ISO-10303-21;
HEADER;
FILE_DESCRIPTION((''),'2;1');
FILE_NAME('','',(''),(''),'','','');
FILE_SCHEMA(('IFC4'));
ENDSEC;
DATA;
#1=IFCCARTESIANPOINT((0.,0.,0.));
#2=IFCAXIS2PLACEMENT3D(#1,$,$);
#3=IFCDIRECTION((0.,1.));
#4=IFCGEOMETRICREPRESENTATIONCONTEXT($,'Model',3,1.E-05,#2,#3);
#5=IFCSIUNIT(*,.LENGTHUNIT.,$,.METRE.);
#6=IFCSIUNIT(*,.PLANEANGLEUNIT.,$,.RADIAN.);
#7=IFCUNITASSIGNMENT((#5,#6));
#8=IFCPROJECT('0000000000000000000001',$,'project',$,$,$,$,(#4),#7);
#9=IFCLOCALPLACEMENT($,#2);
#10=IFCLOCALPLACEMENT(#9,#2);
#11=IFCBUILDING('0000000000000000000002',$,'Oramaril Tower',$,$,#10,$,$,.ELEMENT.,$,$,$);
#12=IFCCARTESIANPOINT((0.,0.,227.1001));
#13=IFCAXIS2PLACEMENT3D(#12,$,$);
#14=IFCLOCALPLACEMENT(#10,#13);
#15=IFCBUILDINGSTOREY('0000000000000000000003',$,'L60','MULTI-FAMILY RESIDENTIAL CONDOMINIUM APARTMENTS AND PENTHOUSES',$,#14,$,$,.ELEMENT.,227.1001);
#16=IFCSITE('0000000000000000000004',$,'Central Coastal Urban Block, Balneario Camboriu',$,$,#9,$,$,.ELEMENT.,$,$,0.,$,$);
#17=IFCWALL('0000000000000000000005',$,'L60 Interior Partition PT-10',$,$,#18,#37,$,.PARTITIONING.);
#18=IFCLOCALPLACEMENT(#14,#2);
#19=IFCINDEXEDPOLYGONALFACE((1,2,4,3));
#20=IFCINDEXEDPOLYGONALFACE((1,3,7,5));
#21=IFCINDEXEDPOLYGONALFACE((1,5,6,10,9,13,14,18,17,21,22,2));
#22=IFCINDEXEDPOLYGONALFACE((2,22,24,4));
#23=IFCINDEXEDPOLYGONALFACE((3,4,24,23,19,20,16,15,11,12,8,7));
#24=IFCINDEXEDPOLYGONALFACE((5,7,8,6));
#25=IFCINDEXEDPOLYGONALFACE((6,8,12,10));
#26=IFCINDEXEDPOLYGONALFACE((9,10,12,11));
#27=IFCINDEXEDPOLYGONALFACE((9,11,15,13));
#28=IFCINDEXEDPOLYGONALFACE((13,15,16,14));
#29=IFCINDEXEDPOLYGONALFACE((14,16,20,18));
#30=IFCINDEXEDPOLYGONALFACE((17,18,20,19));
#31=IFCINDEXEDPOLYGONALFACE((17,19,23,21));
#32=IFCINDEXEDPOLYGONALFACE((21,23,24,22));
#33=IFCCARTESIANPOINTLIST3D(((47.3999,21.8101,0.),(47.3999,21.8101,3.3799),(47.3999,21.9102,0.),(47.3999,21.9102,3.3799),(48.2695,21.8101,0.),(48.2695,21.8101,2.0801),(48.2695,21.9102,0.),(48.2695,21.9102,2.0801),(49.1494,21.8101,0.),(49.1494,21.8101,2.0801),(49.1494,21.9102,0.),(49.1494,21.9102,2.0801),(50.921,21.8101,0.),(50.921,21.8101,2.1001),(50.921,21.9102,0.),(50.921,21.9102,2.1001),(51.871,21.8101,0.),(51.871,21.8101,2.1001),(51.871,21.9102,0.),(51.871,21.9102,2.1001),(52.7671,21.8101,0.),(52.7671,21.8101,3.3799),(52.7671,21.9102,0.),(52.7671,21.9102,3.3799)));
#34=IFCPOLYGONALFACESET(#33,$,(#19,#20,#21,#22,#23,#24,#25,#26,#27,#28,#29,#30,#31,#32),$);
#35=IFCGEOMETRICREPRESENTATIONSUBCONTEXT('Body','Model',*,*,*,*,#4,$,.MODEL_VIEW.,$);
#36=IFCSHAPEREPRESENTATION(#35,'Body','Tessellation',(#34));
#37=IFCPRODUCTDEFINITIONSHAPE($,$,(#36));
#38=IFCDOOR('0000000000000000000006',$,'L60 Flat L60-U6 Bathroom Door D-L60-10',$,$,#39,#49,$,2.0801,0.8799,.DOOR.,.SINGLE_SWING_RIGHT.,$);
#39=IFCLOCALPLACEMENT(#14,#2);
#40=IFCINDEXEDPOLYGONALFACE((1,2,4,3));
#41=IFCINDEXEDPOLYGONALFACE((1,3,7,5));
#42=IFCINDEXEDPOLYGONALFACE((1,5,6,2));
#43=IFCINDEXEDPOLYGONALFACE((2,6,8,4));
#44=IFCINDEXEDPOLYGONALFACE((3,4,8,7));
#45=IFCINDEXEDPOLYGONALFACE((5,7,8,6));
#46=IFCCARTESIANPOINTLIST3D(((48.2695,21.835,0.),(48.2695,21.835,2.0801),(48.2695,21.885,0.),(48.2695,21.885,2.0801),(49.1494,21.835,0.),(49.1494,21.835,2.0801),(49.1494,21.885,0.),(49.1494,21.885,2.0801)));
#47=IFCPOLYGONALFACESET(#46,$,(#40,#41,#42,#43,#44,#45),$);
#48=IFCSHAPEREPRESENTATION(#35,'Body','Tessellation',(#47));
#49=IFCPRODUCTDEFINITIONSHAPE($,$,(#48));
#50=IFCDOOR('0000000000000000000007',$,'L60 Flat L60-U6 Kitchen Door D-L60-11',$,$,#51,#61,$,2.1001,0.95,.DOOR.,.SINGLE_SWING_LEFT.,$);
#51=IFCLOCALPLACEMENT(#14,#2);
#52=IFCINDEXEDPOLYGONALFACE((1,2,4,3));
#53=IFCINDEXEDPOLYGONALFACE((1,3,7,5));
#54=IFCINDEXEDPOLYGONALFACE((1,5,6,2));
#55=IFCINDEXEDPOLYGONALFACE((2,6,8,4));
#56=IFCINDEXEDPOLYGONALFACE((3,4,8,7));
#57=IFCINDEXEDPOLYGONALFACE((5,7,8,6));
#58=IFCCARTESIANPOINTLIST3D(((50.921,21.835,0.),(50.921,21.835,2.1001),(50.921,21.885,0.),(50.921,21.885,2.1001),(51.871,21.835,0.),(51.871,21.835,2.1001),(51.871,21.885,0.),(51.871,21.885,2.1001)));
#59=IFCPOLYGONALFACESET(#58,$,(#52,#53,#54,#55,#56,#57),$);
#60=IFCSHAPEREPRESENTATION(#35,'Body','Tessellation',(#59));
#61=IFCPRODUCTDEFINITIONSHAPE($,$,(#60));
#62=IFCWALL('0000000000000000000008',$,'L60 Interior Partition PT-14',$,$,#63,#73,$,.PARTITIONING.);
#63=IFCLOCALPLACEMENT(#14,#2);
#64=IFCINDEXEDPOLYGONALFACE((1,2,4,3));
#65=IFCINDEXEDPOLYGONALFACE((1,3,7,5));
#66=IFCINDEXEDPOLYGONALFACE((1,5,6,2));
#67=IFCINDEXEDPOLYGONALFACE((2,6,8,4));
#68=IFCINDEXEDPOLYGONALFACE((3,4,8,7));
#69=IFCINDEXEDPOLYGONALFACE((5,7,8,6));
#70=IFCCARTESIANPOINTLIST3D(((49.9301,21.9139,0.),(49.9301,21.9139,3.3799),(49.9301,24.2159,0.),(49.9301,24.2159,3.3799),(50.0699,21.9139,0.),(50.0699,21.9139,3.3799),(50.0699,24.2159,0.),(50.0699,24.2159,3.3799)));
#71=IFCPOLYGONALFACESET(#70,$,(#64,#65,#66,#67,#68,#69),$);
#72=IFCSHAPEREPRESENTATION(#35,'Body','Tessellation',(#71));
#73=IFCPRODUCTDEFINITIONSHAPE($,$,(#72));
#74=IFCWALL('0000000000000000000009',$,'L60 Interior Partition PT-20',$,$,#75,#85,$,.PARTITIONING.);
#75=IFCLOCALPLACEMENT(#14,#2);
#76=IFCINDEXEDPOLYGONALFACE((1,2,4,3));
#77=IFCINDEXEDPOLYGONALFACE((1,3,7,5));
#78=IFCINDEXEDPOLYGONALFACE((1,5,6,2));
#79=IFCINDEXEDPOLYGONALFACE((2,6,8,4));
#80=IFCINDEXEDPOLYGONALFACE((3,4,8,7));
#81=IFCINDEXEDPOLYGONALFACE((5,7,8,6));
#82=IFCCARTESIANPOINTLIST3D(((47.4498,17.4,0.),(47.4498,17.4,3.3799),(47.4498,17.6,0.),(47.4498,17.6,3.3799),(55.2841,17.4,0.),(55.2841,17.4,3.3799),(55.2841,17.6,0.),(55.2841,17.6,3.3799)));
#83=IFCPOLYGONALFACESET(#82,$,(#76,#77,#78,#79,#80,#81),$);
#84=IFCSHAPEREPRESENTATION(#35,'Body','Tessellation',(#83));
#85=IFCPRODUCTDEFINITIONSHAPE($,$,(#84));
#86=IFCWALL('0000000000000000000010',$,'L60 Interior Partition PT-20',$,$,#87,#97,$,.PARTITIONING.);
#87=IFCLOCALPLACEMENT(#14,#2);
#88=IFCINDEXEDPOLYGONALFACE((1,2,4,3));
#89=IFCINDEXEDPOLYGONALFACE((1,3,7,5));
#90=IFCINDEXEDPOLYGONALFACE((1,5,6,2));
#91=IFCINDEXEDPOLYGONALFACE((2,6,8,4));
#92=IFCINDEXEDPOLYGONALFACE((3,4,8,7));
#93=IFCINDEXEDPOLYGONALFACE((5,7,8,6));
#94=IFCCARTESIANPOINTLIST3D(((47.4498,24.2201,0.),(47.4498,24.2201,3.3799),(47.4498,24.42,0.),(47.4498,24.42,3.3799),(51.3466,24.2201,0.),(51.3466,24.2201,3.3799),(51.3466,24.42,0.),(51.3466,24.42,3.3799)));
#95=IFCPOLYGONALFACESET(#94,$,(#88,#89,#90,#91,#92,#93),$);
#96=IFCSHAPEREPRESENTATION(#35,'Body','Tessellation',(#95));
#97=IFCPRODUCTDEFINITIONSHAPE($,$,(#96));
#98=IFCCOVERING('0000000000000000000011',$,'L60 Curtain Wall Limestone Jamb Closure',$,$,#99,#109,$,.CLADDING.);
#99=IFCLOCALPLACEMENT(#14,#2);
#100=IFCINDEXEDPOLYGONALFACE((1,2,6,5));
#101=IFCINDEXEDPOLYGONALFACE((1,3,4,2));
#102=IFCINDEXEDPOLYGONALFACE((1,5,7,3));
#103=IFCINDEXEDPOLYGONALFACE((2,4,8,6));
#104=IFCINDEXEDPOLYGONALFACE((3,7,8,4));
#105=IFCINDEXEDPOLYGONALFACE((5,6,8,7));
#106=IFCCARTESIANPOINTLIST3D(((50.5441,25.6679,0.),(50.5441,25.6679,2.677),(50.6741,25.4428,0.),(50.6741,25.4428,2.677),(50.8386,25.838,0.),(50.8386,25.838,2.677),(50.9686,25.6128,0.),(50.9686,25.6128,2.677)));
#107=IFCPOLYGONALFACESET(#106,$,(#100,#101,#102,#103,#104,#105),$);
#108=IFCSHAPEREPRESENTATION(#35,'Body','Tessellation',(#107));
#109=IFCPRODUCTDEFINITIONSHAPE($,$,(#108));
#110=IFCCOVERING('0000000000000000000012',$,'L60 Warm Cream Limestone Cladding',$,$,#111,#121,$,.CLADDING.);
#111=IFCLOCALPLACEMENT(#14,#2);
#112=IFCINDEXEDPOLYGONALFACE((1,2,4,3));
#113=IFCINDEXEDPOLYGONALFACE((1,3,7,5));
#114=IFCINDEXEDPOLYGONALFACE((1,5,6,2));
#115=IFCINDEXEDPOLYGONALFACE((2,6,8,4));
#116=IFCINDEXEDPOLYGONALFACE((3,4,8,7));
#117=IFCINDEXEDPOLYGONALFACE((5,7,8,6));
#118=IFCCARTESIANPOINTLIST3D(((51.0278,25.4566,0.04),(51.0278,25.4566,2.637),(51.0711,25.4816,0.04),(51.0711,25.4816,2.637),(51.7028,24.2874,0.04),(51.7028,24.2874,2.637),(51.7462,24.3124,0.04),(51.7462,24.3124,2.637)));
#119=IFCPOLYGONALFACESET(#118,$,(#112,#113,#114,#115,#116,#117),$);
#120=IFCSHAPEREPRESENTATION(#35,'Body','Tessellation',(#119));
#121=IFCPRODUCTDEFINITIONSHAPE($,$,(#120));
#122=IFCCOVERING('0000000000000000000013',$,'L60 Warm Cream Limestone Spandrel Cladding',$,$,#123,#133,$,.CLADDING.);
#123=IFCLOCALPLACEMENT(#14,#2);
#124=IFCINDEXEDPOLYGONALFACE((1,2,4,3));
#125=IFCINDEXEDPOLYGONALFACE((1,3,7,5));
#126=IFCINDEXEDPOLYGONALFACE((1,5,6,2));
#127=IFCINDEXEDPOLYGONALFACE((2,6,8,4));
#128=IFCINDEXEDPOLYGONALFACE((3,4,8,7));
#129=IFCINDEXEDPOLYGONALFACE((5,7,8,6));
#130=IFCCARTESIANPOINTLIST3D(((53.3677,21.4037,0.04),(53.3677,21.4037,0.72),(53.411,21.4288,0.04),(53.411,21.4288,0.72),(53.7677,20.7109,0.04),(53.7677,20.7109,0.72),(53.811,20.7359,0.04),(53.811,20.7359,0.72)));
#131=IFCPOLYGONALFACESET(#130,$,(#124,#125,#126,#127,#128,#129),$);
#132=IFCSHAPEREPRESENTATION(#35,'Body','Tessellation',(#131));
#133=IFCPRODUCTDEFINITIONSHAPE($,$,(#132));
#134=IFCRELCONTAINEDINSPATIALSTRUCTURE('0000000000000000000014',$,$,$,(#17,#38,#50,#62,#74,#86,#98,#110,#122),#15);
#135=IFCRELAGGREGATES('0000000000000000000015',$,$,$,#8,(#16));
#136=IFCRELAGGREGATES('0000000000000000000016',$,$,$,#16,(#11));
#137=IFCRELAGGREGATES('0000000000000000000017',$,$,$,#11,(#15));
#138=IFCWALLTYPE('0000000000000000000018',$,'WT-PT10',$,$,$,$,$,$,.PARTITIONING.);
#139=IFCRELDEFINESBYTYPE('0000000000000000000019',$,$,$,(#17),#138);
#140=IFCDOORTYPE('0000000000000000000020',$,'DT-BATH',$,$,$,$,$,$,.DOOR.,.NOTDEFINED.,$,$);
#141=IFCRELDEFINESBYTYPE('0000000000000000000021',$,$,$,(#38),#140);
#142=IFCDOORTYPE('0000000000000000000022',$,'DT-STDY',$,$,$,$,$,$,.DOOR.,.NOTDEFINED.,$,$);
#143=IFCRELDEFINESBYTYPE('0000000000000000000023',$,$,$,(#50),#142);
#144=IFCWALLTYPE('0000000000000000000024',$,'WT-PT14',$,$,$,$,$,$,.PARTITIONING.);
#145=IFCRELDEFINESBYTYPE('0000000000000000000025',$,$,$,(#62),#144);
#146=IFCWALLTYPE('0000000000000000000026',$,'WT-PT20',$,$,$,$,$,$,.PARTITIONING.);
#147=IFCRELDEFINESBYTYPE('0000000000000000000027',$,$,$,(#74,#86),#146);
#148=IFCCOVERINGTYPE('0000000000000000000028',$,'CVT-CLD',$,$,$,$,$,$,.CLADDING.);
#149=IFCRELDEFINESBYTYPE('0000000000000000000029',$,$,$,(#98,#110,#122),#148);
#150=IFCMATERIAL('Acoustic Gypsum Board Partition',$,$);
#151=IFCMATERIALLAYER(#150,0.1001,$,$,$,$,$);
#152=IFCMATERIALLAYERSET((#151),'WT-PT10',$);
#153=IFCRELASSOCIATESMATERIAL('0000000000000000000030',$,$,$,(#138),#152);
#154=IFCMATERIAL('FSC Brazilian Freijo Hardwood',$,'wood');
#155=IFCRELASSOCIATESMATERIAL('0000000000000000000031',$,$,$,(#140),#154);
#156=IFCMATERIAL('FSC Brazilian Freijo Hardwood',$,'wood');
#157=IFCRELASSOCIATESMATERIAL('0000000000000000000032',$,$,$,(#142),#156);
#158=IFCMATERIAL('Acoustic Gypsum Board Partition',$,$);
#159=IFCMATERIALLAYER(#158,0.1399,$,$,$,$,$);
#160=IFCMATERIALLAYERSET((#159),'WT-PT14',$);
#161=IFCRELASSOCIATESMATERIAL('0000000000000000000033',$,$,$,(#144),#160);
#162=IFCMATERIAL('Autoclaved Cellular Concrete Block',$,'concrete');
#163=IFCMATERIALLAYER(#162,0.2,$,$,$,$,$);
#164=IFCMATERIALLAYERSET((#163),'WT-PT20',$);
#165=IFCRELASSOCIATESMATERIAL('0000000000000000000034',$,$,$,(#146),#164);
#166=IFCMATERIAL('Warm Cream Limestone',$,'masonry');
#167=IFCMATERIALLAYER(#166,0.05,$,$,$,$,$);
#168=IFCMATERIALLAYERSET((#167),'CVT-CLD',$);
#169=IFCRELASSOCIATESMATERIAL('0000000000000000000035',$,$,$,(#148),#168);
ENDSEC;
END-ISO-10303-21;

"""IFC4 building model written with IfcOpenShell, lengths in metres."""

from ifc_helpers import new_model, si_unit, direction, frame, frame_2d, origin, origin_2d, place, context, subcontext, project, spatial, rectangle, extrude, material, layer, layer_set, type_object, element, fill, save


model = new_model("IFC4")

# Units and contexts
model_context = context("Model", 3, precision=1e-05, world=origin(), true_north=direction((0.0, 1.0)))
body_context = subcontext(model_context, "Body", "Model", "MODEL_VIEW")
ifc_project = project(units=[si_unit("LENGTHUNIT", "METRE"), si_unit("PLANEANGLEUNIT", "RADIAN")], contexts=[model_context])

# Site, building, storey
site_placement = place(None, origin())
site = spatial("IfcSite", under=ifc_project, at=site_placement, Name="Central Coastal Urban Block, Balneario Camboriu", CompositionType="ELEMENT", RefElevation=0.0)
building_placement = place(site_placement, origin())
building = spatial("IfcBuilding", under=site, at=building_placement, Name="Oramaril Tower", CompositionType="ELEMENT")
storey_placement = place(building_placement, frame((0.0, 0.0, 227.1001)))
storey = spatial("IfcBuildingStorey", under=building, at=storey_placement, Name="L60", Description="MULTI-FAMILY RESIDENTIAL CONDOMINIUM APARTMENTS AND PENTHOUSES", CompositionType="ELEMENT", Elevation=227.1001)

# Wall, openings, doors
ifc_material_1 = material(Name="Acoustic Gypsum Board Partition")
ifc_layer_1 = layer(ifc_material_1, 0.1001)
ifc_layer_set_1 = layer_set([ifc_layer_1], Name="WT-PT10")
wall_type_1 = type_object("IfcWallType", Name="WT-PT10", PredefinedType="PARTITIONING", material=ifc_layer_set_1)
wall_1_placement = place(storey_placement, frame((47.3999, 21.8601, 0.0), z_axis=(0.0, 0.0, 1.0), x_axis=(1.0, 0.0, 0.0)))
wall_1 = element("IfcWall", 1, at=wall_1_placement, inside=storey, type_object=wall_type_1, Name="L60 Interior Partition PT-10", PredefinedType="PARTITIONING", context=body_context, shape_type="SweptSolid", body=[
    extrude(rectangle(XDim=5.3672, YDim=0.1001, at=frame_2d((2.6836, 0.0))), origin(), (0.0, 0.0, 1.0), 3.3799),
])
opening_1_placement = place(wall_1_placement, frame((0.8696, 0.0, 0.0)))
opening_1 = element("IfcOpeningElement", 2, at=opening_1_placement, cuts=wall_1, PredefinedType="OPENING", context=body_context, shape_type="SweptSolid", body=[
    extrude(rectangle(XDim=0.8799, YDim=2.0801, at=frame_2d((0.4399, 1.04))), frame((0.0, 0.05, 0.0), z_axis=(0.0, -1.0, 0.0), x_axis=(1.0, 0.0, 0.0)), (0.0, 0.0, 1.0), 0.1001),
])
opening_2_placement = place(wall_1_placement, frame((3.521, 0.0, 0.0)))
opening_2 = element("IfcOpeningElement", 3, at=opening_2_placement, cuts=wall_1, PredefinedType="OPENING", context=body_context, shape_type="SweptSolid", body=[
    extrude(rectangle(XDim=0.95, YDim=2.1001, at=frame_2d((0.4751, 1.05))), frame((0.0, 0.05, 0.0), z_axis=(0.0, -1.0, 0.0), x_axis=(1.0, 0.0, 0.0)), (0.0, 0.0, 1.0), 0.1001),
])
ifc_material_2 = material(Name="FSC Brazilian Freijo Hardwood", Category="wood")
door_type_1 = type_object("IfcDoorType", Name="DT-BATH", OperationType="NOTDEFINED", PredefinedType="DOOR", material=ifc_material_2)
door_1_placement = place(opening_1_placement, origin())
door_1 = element("IfcDoor", 4, at=door_1_placement, inside=storey, type_object=door_type_1, Name="L60 Flat L60-U6 Bathroom Door D-L60-10", OperationType="SINGLE_SWING_RIGHT", OverallHeight=2.0801, OverallWidth=0.8799, PredefinedType="DOOR", context=body_context, shape_type="SweptSolid", body=[
    extrude(rectangle(XDim=0.8799, YDim=2.0801, at=frame_2d((0.4399, 1.04))), frame((0.0, 0.0249, 0.0), z_axis=(0.0, -1.0, 0.0), x_axis=(1.0, 0.0, 0.0)), (0.0, 0.0, 1.0), 0.05),
])
fill(opening_1, door_1)
ifc_material_3 = material(Name="FSC Brazilian Freijo Hardwood", Category="wood")
door_type_2 = type_object("IfcDoorType", Name="DT-STDY", OperationType="NOTDEFINED", PredefinedType="DOOR", material=ifc_material_3)
door_2_placement = place(opening_2_placement, origin())
door_2 = element("IfcDoor", 5, at=door_2_placement, inside=storey, type_object=door_type_2, Name="L60 Flat L60-U6 Kitchen Door D-L60-11", OperationType="SINGLE_SWING_LEFT", OverallHeight=2.1001, OverallWidth=0.95, PredefinedType="DOOR", context=body_context, shape_type="SweptSolid", body=[
    extrude(rectangle(XDim=0.95, YDim=2.1001, at=frame_2d((0.4751, 1.05))), frame((0.0, 0.0249, 0.0), z_axis=(0.0, -1.0, 0.0), x_axis=(1.0, 0.0, 0.0)), (0.0, 0.0, 1.0), 0.05),
])
fill(opening_2, door_2)

# Walls
ifc_material_4 = material(Name="Acoustic Gypsum Board Partition")
ifc_layer_2 = layer(ifc_material_4, 0.1399)
ifc_layer_set_2 = layer_set([ifc_layer_2], Name="WT-PT14")
wall_type_2 = type_object("IfcWallType", Name="WT-PT14", PredefinedType="PARTITIONING", material=ifc_layer_set_2)
wall_2_placement = place(storey_placement, frame((50.0, 21.9141, 0.0), z_axis=(0.0, 0.0, 1.0), x_axis=(0.0, 1.0, 0.0)))
element("IfcWall", 6, at=wall_2_placement, inside=storey, type_object=wall_type_2, Name="L60 Interior Partition PT-14", PredefinedType="PARTITIONING", context=body_context, shape_type="SweptSolid", body=[
    extrude(rectangle(XDim=2.302, YDim=0.1399, at=frame_2d((1.1509, 0.0))), origin(), (0.0, 0.0, 1.0), 3.3799),
])
ifc_material_5 = material(Name="Autoclaved Cellular Concrete Block", Category="concrete")
ifc_layer_3 = layer(ifc_material_5, 0.2)
ifc_layer_set_3 = layer_set([ifc_layer_3], Name="WT-PT20")
wall_type_3 = type_object("IfcWallType", Name="WT-PT20", PredefinedType="PARTITIONING", material=ifc_layer_set_3)
wall_3_placement = place(storey_placement, frame((47.45, 17.5, 0.0), z_axis=(0.0, 0.0, 1.0), x_axis=(1.0, 0.0, 0.0)))
element("IfcWall", 7, at=wall_3_placement, inside=storey, type_object=wall_type_3, Name="L60 Interior Partition PT-20", PredefinedType="PARTITIONING", context=body_context, shape_type="SweptSolid", body=[
    extrude(rectangle(XDim=7.8342, YDim=0.2, at=frame_2d((3.917, 0.0))), origin(), (0.0, 0.0, 1.0), 3.3799),
])
wall_4_placement = place(storey_placement, frame((47.45, 24.3201, 0.0), z_axis=(0.0, 0.0, 1.0), x_axis=(1.0, 0.0, 0.0)))
element("IfcWall", 8, at=wall_4_placement, inside=storey, type_object=wall_type_3, Name="L60 Interior Partition PT-20", PredefinedType="PARTITIONING", context=body_context, shape_type="SweptSolid", body=[
    extrude(rectangle(XDim=3.8967, YDim=0.2, at=frame_2d((1.9482, 0.0))), origin(), (0.0, 0.0, 1.0), 3.3799),
])

# Coverings
ifc_material_6 = material(Name="Warm Cream Limestone", Category="masonry")
ifc_layer_4 = layer(ifc_material_6, 0.05)
ifc_layer_set_4 = layer_set([ifc_layer_4], Name="CVT-CLD")
covering_type = type_object("IfcCoveringType", Name="CVT-CLD", PredefinedType="CLADDING", material=ifc_layer_set_4)
covering_1_placement = place(storey_placement, frame((50.7563, 25.6404, 0.0), z_axis=(0.0, 0.0, 1.0), x_axis=(-0.5, 0.866025, 0.0)))
element("IfcCovering", 9, at=covering_1_placement, inside=storey, type_object=covering_type, Name="L60 Curtain Wall Limestone Jamb Closure", PredefinedType="CLADDING", context=body_context, shape_type="SweptSolid", body=[
    extrude(rectangle(XDim=0.26, YDim=0.3401, at=origin_2d()), origin(), (0.0, 0.0, 1.0), 2.677),
])
covering_2_placement = place(storey_placement, frame((51.387, 24.8845, 0.04), z_axis=(0.0, 0.0, 1.0), x_axis=(-0.499998, 0.866026, 0.0)))
element("IfcCovering", 10, at=covering_2_placement, inside=storey, type_object=covering_type, Name="L60 Warm Cream Limestone Cladding", PredefinedType="CLADDING", context=body_context, shape_type="SweptSolid", body=[
    extrude(rectangle(XDim=1.3501, YDim=0.05, at=origin_2d()), origin(), (0.0, 0.0, 1.0), 2.5969),
])
covering_3_placement = place(storey_placement, frame((53.5894, 21.0698, 0.04), z_axis=(0.0, 0.0, 1.0), x_axis=(-0.499998, 0.866026, 0.0)))
element("IfcCovering", 11, at=covering_3_placement, inside=storey, type_object=covering_type, Name="L60 Warm Cream Limestone Spandrel Cladding", PredefinedType="CLADDING", context=body_context, shape_type="SweptSolid", body=[
    extrude(rectangle(XDim=0.8, YDim=0.05, at=origin_2d()), origin(), (0.0, 0.0, 1.0), 0.6799),
])

save(model, "model.ifc")
